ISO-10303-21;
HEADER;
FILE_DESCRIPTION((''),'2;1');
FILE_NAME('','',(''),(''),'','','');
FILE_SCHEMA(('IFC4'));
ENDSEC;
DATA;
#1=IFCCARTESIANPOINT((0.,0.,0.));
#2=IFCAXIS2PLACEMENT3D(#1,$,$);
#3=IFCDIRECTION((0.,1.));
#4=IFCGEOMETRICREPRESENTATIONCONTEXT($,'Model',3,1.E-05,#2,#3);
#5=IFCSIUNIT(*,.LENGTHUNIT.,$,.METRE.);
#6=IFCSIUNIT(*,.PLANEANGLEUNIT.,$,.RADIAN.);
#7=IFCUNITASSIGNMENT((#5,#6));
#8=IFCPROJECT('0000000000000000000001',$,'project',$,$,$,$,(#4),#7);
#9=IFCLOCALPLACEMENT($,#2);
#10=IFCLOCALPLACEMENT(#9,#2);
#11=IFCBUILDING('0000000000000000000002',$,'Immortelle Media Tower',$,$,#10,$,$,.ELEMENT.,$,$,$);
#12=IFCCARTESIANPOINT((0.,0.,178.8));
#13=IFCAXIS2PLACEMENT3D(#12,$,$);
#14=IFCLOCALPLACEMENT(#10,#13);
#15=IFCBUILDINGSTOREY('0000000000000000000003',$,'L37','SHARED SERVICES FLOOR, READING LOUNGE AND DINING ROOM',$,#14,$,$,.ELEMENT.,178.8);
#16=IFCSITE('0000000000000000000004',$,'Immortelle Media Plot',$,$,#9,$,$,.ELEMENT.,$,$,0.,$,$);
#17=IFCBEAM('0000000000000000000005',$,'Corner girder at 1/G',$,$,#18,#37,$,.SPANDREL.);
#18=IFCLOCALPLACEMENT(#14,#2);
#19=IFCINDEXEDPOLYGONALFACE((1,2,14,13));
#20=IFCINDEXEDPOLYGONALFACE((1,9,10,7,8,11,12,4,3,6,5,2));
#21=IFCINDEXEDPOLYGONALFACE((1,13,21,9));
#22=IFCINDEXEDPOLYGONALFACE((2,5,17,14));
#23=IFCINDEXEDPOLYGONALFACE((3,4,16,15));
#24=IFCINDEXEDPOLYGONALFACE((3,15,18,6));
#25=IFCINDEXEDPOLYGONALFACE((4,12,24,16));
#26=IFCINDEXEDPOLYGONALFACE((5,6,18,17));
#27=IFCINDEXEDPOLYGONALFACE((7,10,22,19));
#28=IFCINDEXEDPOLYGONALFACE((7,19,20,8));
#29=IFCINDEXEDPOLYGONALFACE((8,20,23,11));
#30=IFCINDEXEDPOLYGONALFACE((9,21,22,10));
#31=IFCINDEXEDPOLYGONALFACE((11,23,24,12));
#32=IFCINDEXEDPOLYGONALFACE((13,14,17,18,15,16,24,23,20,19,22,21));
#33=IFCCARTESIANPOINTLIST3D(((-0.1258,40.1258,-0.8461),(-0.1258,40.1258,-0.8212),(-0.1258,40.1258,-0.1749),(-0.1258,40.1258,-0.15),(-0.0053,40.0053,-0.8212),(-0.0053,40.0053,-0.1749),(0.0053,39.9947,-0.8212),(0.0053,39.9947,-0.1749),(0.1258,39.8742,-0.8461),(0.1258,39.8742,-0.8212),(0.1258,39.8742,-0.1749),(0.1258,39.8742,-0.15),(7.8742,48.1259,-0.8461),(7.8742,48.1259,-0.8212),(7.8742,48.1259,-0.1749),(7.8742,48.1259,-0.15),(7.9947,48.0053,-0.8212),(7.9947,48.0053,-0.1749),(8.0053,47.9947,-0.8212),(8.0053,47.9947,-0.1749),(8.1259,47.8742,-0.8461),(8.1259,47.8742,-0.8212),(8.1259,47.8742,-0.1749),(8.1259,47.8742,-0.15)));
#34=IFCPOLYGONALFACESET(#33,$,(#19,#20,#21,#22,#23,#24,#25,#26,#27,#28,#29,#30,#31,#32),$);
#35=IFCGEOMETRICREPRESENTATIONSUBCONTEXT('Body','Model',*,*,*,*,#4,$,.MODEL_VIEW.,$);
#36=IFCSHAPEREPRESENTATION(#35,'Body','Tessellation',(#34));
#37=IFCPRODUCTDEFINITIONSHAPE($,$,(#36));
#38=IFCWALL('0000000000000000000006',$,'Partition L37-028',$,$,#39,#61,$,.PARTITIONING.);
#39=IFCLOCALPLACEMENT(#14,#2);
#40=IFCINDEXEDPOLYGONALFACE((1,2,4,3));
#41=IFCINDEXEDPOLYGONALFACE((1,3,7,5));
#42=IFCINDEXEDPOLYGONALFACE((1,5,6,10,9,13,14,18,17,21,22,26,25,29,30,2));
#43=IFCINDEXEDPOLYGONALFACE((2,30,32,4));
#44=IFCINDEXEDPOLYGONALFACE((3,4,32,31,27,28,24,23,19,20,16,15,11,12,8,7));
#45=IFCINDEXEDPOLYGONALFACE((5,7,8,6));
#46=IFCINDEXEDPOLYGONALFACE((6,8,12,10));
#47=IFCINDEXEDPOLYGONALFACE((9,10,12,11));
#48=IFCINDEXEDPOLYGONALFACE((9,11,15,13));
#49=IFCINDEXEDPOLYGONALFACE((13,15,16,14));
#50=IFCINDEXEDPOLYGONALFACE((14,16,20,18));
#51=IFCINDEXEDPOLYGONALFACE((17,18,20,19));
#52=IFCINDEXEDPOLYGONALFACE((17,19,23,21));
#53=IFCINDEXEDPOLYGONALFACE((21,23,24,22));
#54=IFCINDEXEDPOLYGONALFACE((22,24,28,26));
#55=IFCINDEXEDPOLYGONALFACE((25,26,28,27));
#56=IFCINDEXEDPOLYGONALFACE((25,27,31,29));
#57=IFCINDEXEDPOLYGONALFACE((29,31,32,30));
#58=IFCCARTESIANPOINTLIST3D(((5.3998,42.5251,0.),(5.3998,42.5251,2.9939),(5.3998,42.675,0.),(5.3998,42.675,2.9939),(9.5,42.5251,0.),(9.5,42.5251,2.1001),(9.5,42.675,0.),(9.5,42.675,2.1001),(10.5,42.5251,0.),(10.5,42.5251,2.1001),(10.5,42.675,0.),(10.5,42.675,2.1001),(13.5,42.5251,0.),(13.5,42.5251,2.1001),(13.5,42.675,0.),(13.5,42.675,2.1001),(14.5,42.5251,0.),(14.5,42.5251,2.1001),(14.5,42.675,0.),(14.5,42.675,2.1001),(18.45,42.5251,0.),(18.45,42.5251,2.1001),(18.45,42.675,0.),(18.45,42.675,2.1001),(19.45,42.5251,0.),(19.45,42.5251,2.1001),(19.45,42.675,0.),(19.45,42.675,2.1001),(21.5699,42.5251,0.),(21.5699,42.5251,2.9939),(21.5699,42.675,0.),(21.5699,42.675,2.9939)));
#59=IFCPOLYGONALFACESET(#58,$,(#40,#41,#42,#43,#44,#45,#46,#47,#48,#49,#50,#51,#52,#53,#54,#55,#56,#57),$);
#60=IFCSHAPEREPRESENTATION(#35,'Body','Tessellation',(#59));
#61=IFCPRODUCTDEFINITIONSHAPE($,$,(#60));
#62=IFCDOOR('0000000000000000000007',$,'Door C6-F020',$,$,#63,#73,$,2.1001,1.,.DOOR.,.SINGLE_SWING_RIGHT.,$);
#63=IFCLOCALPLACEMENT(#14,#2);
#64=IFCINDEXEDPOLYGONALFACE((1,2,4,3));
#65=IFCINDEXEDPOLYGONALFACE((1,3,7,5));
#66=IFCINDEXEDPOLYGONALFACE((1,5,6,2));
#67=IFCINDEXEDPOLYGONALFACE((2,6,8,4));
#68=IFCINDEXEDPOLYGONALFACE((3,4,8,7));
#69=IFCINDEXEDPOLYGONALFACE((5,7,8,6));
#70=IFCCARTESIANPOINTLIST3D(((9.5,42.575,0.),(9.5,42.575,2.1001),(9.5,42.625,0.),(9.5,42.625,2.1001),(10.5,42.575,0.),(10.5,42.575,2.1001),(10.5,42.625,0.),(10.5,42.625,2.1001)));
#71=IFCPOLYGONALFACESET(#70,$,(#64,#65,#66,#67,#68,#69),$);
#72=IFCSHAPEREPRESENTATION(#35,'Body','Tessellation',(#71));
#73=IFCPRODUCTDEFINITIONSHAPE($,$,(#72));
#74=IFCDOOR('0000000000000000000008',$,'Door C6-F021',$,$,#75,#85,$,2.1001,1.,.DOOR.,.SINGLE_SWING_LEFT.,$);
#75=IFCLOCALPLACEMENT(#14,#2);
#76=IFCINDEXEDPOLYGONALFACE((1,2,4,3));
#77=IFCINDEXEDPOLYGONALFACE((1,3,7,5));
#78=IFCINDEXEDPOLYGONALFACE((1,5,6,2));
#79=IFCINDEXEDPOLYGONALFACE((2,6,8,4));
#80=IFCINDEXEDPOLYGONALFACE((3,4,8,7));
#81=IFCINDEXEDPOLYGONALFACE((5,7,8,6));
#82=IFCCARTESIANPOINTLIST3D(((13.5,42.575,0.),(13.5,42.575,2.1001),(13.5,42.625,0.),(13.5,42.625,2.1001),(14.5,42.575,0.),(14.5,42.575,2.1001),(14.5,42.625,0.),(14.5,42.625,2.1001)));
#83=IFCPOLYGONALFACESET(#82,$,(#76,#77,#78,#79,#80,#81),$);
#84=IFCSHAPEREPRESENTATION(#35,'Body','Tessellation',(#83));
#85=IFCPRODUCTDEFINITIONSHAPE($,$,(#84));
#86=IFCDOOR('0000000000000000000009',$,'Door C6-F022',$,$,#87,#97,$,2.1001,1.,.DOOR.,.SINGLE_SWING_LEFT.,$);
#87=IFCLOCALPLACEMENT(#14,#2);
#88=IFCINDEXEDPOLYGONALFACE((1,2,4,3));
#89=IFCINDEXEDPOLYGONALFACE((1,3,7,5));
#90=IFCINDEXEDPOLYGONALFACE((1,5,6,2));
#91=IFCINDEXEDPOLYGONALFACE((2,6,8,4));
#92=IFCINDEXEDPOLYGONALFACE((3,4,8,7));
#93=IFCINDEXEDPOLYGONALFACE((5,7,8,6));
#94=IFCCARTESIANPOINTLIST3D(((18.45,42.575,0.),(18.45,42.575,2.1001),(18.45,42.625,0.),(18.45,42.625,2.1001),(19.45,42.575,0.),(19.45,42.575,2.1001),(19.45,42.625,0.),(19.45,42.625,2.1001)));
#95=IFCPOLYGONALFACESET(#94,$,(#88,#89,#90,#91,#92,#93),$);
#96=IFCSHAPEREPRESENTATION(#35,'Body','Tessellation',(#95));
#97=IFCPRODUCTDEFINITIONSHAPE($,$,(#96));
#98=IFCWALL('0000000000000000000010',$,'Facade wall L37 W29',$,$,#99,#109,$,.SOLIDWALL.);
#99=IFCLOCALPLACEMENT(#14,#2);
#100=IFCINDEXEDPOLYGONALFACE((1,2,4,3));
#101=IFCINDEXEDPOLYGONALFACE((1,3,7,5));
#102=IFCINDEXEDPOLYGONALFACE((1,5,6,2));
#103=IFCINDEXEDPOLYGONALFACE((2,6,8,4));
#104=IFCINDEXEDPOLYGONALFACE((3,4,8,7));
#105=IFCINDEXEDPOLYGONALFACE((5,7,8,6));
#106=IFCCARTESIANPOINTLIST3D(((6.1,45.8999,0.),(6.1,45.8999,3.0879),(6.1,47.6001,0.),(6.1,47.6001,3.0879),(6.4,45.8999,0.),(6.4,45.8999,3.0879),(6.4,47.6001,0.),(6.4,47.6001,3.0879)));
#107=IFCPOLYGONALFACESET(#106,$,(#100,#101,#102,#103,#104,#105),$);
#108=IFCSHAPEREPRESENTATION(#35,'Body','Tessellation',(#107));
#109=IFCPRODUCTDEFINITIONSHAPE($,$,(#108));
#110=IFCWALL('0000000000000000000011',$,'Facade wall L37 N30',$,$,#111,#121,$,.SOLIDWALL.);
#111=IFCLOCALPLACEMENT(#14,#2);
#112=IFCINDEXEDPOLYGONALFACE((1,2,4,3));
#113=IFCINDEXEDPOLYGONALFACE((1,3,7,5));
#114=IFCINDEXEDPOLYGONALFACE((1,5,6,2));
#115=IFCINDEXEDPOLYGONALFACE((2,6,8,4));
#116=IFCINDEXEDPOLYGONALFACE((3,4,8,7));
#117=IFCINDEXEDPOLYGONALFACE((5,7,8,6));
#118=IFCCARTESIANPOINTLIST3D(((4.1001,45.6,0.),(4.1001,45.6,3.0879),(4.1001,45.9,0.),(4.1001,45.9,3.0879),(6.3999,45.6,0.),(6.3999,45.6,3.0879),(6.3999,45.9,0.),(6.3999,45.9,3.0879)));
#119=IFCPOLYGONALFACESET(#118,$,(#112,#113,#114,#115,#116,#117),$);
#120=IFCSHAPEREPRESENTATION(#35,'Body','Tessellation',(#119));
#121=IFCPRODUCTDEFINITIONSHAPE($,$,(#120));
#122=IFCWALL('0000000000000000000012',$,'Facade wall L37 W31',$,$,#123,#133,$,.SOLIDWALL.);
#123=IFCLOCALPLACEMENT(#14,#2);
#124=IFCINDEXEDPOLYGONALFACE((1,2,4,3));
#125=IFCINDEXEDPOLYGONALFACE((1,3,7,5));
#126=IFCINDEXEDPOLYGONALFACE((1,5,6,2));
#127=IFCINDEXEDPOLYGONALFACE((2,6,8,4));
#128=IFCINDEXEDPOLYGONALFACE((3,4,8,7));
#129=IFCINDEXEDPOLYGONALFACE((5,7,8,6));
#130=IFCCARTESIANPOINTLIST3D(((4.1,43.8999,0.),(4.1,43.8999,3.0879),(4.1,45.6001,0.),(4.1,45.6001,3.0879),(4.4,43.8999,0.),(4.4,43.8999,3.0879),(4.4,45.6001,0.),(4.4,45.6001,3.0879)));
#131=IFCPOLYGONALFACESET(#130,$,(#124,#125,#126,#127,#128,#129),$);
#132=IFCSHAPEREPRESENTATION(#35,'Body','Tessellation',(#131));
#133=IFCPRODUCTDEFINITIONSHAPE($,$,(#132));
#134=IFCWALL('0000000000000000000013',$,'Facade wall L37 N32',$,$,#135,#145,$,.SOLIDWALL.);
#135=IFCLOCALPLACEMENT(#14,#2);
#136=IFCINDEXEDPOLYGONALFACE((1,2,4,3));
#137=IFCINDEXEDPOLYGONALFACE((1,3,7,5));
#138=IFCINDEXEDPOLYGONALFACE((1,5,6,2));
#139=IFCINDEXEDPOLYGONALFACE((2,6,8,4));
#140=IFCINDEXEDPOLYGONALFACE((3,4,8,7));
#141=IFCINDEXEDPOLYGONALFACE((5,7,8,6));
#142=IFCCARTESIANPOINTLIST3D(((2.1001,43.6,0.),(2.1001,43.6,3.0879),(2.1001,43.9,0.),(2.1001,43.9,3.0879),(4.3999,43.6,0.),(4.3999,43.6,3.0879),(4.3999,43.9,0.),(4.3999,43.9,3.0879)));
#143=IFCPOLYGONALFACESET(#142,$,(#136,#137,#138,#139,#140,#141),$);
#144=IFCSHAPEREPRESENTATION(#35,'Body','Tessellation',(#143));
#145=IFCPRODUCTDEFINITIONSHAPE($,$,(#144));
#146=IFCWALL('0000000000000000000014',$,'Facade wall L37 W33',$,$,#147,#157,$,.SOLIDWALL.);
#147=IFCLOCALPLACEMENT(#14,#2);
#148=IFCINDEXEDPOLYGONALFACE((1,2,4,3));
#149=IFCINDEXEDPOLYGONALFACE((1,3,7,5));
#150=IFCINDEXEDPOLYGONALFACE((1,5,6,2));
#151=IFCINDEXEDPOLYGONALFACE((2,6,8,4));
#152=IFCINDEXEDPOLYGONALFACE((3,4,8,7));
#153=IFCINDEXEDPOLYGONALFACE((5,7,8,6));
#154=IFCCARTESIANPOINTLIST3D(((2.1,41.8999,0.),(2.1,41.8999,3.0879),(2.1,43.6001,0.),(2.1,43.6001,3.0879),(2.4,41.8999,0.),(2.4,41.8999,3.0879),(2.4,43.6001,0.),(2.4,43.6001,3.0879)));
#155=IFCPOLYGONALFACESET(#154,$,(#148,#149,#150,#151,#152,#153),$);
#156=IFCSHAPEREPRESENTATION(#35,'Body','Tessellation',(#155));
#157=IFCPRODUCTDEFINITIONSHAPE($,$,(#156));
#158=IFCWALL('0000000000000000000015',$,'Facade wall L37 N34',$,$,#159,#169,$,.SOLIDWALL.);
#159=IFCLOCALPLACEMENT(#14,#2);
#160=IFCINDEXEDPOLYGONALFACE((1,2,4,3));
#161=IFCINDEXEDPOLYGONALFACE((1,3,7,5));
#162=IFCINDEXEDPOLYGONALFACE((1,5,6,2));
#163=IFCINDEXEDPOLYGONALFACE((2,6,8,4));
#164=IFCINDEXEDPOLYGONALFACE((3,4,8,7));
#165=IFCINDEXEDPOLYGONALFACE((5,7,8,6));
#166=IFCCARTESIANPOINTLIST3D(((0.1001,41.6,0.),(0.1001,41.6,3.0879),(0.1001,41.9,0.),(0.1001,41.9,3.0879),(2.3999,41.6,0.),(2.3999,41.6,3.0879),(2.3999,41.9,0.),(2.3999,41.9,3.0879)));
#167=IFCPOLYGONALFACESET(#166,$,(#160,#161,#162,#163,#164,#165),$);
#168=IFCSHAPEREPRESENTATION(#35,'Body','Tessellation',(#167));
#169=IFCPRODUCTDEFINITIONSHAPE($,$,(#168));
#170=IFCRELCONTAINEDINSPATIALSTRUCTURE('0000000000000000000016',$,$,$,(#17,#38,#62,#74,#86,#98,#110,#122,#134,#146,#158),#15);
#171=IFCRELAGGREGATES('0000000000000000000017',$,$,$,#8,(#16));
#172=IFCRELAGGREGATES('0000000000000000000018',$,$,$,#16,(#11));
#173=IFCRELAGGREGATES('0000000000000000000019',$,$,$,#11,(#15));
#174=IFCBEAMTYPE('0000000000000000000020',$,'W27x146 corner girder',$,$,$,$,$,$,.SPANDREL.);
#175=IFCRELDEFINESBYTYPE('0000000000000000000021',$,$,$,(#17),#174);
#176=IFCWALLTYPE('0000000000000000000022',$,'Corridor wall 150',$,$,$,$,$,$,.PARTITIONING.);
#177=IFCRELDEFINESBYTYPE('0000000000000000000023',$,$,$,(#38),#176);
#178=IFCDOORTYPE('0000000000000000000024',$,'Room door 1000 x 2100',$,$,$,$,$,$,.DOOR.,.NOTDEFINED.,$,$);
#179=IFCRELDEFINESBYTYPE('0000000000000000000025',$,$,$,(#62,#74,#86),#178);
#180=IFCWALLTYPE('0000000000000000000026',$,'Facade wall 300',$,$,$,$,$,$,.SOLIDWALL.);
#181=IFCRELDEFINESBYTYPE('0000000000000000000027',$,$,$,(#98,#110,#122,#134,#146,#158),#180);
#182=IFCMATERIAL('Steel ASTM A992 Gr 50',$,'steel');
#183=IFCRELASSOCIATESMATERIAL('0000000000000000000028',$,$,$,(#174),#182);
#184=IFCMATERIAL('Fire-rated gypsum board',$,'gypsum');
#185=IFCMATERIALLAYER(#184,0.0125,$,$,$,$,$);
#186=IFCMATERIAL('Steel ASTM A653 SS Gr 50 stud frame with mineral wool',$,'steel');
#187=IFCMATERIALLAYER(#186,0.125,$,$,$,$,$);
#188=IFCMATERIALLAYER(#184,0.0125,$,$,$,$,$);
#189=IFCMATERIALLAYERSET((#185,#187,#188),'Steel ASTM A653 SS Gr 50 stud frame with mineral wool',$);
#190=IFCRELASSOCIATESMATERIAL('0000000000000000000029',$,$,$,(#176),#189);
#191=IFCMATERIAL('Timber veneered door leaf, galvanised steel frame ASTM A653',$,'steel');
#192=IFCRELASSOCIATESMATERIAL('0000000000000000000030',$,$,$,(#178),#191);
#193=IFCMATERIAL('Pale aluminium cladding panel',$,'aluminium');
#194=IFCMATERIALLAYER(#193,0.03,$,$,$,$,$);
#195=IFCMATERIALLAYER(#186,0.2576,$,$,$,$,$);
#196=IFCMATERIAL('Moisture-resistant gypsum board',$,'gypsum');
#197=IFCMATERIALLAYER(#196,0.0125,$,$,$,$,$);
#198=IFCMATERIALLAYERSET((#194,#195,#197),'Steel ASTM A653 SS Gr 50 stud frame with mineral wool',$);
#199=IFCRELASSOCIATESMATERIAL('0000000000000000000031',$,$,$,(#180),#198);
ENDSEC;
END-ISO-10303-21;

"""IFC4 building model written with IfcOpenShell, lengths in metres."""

from ifc_helpers import new_model, si_unit, direction, frame, frame_2d, origin, origin_2d, place, context, subcontext, project, spatial, rectangle, i_section, extrude, material, layer, layer_set, material_profile, profile_set, type_object, element, fill, save


model = new_model("IFC4")

# Units and contexts
model_context = context("Model", 3, precision=1e-05, world=origin(), true_north=direction((0.0, 1.0)))
body_context = subcontext(model_context, "Body", "Model", "MODEL_VIEW")
ifc_project = project(units=[si_unit("LENGTHUNIT", "METRE"), si_unit("PLANEANGLEUNIT", "RADIAN")], contexts=[model_context])

# Site, building, storey
site_placement = place(None, origin())
site = spatial("IfcSite", under=ifc_project, at=site_placement, Name="Immortelle Media Plot", CompositionType="ELEMENT", RefElevation=0.0)
building_placement = place(site_placement, origin())
building = spatial("IfcBuilding", under=site, at=building_placement, Name="Immortelle Media Tower", CompositionType="ELEMENT")
storey_placement = place(building_placement, frame((0.0, 0.0, 178.8)))
storey = spatial("IfcBuildingStorey", under=building, at=storey_placement, Name="L37", Description="SHARED SERVICES FLOOR, READING LOUNGE AND DINING ROOM", CompositionType="ELEMENT", Elevation=178.8)

# Shared definitions
ifc_material_1 = material(Name="Steel ASTM A992 Gr 50", Category="steel")

# Beam
ifc_material_profile_1 = material_profile(ifc_material_1, i_section(OverallWidth=0.356, OverallDepth=0.696, WebThickness=0.0149, FlangeThickness=0.0249, at=origin_2d()), Name="W27x146")
ifc_profile_set_1 = profile_set([ifc_material_profile_1], Name="Steel ASTM A992 Gr 50")
beam_type_1 = type_object("IfcBeamType", Name="W27x146 corner girder", PredefinedType="SPANDREL", material=ifc_profile_set_1)
beam_1_placement = place(storey_placement, frame((0.0, 40.0, -0.498), z_axis=(0.707107, 0.707107, 0.0), x_axis=(-0.707107, 0.707107, 0.0)))
element("IfcBeam", 1, at=beam_1_placement, inside=storey, type_object=beam_type_1, Name="Corner girder at 1/G", PredefinedType="SPANDREL", context=body_context, shape_type="SweptSolid", body=[
    extrude(i_section(OverallWidth=0.356, OverallDepth=0.696, WebThickness=0.0149, FlangeThickness=0.0249, at=origin_2d()), origin(), (0.0, 0.0, 1.0), 11.3137),
])

# Wall, openings, doors
ifc_material_2 = material(Name="Fire-rated gypsum board", Category="gypsum")
ifc_layer_1 = layer(ifc_material_2, 0.0125)
ifc_material_3 = material(Name="Steel ASTM A653 SS Gr 50 stud frame with mineral wool", Category="steel")
ifc_layer_2 = layer(ifc_material_3, 0.125)
ifc_layer_3 = layer(ifc_material_2, 0.0125)
ifc_layer_set_1 = layer_set([ifc_layer_1, ifc_layer_2, ifc_layer_3], Name="Steel ASTM A653 SS Gr 50 stud frame with mineral wool")
wall_type_1 = type_object("IfcWallType", Name="Corridor wall 150", PredefinedType="PARTITIONING", material=ifc_layer_set_1)
wall_1_placement = place(storey_placement, frame((5.3999, 42.6001, 0.0), z_axis=(0.0, 0.0, 1.0), x_axis=(1.0, 0.0, 0.0)))
wall_1 = element("IfcWall", 2, at=wall_1_placement, inside=storey, type_object=wall_type_1, Name="Partition L37-028", PredefinedType="PARTITIONING", context=body_context, shape_type="SweptSolid", body=[
    extrude(rectangle(XDim=16.1702, YDim=0.1499, at=frame_2d((8.085, 0.0))), origin(), (0.0, 0.0, 1.0), 2.9939),
])
opening_1_placement = place(wall_1_placement, frame((4.1001, 0.0, 0.0)))
opening_1 = element("IfcOpeningElement", 3, at=opening_1_placement, cuts=wall_1, PredefinedType="OPENING", context=body_context, shape_type="SweptSolid", body=[
    extrude(rectangle(XDim=1.0, YDim=2.1001, at=frame_2d((0.5, 1.05))), frame((0.0, 0.085, 0.0), z_axis=(0.0, -1.0, 0.0), x_axis=(1.0, 0.0, 0.0)), (0.0, 0.0, 1.0), 0.1699),
])
opening_2_placement = place(wall_1_placement, frame((8.1001, 0.0, 0.0)))
opening_2 = element("IfcOpeningElement", 4, at=opening_2_placement, cuts=wall_1, PredefinedType="OPENING", context=body_context, shape_type="SweptSolid", body=[
    extrude(rectangle(XDim=1.0, YDim=2.1001, at=frame_2d((0.5, 1.05))), frame((0.0, 0.085, 0.0), z_axis=(0.0, -1.0, 0.0), x_axis=(1.0, 0.0, 0.0)), (0.0, 0.0, 1.0), 0.1699),
])
opening_3_placement = place(wall_1_placement, frame((13.05, 0.0, 0.0)))
opening_3 = element("IfcOpeningElement", 5, at=opening_3_placement, cuts=wall_1, PredefinedType="OPENING", context=body_context, shape_type="SweptSolid", body=[
    extrude(rectangle(XDim=1.0, YDim=2.1001, at=frame_2d((0.5, 1.05))), frame((0.0, 0.085, 0.0), z_axis=(0.0, -1.0, 0.0), x_axis=(1.0, 0.0, 0.0)), (0.0, 0.0, 1.0), 0.1699),
])
ifc_material_4 = material(Name="Timber veneered door leaf, galvanised steel frame ASTM A653", Category="steel")
door_type_1 = type_object("IfcDoorType", Name="Room door 1000 x 2100", OperationType="NOTDEFINED", PredefinedType="DOOR", material=ifc_material_4)
door_1_placement = place(opening_1_placement, origin())
door_1 = element("IfcDoor", 6, at=door_1_placement, inside=storey, type_object=door_type_1, Name="Door C6-F020", OperationType="SINGLE_SWING_RIGHT", OverallHeight=2.1001, OverallWidth=1.0, PredefinedType="DOOR", context=body_context, shape_type="SweptSolid", body=[
    extrude(rectangle(XDim=1.0, YDim=2.1001, at=frame_2d((0.5, 1.05))), frame((0.0, 0.0249, 0.0), z_axis=(0.0, -1.0, 0.0), x_axis=(1.0, 0.0, 0.0)), (0.0, 0.0, 1.0), 0.05),
])
fill(opening_1, door_1)
door_2_placement = place(opening_2_placement, origin())
door_2 = element("IfcDoor", 7, at=door_2_placement, inside=storey, type_object=door_type_1, Name="Door C6-F021", OperationType="SINGLE_SWING_LEFT", OverallHeight=2.1001, OverallWidth=1.0, PredefinedType="DOOR", context=body_context, shape_type="SweptSolid", body=[
    extrude(rectangle(XDim=1.0, YDim=2.1001, at=frame_2d((0.5, 1.05))), frame((0.0, 0.0249, 0.0), z_axis=(0.0, -1.0, 0.0), x_axis=(1.0, 0.0, 0.0)), (0.0, 0.0, 1.0), 0.05),
])
fill(opening_2, door_2)
door_3_placement = place(opening_3_placement, origin())
door_3 = element("IfcDoor", 8, at=door_3_placement, inside=storey, type_object=door_type_1, Name="Door C6-F022", OperationType="SINGLE_SWING_LEFT", OverallHeight=2.1001, OverallWidth=1.0, PredefinedType="DOOR", context=body_context, shape_type="SweptSolid", body=[
    extrude(rectangle(XDim=1.0, YDim=2.1001, at=frame_2d((0.5, 1.05))), frame((0.0, 0.0249, 0.0), z_axis=(0.0, -1.0, 0.0), x_axis=(1.0, 0.0, 0.0)), (0.0, 0.0, 1.0), 0.05),
])
fill(opening_3, door_3)

# Walls
ifc_material_5 = material(Name="Pale aluminium cladding panel", Category="aluminium")
ifc_layer_4 = layer(ifc_material_5, 0.03)
ifc_layer_5 = layer(ifc_material_3, 0.2576)
ifc_material_6 = material(Name="Moisture-resistant gypsum board", Category="gypsum")
ifc_layer_6 = layer(ifc_material_6, 0.0125)
ifc_layer_set_2 = layer_set([ifc_layer_4, ifc_layer_5, ifc_layer_6], Name="Steel ASTM A653 SS Gr 50 stud frame with mineral wool")
wall_type_2 = type_object("IfcWallType", Name="Facade wall 300", PredefinedType="SOLIDWALL", material=ifc_layer_set_2)
wall_2_placement = place(storey_placement, frame((6.25, 47.6001, 0.0), z_axis=(0.0, 0.0, 1.0), x_axis=(0.0, -1.0, 0.0)))
element("IfcWall", 9, at=wall_2_placement, inside=storey, type_object=wall_type_2, Name="Facade wall L37 W29", PredefinedType="SOLIDWALL", context=body_context, shape_type="SweptSolid", body=[
    extrude(rectangle(XDim=1.7002, YDim=0.3, at=frame_2d((0.8501, 0.0))), origin(), (0.0, 0.0, 1.0), 3.0879),
])
wall_3_placement = place(storey_placement, frame((6.3999, 45.75, 0.0), z_axis=(0.0, 0.0, 1.0), x_axis=(-1.0, 0.0, 0.0)))
element("IfcWall", 10, at=wall_3_placement, inside=storey, type_object=wall_type_2, Name="Facade wall L37 N30", PredefinedType="SOLIDWALL", context=body_context, shape_type="SweptSolid", body=[
    extrude(rectangle(XDim=2.2998, YDim=0.3, at=frame_2d((1.1499, 0.0))), origin(), (0.0, 0.0, 1.0), 3.0879),
])
wall_4_placement = place(storey_placement, frame((4.25, 45.6001, 0.0), z_axis=(0.0, 0.0, 1.0), x_axis=(0.0, -1.0, 0.0)))
element("IfcWall", 11, at=wall_4_placement, inside=storey, type_object=wall_type_2, Name="Facade wall L37 W31", PredefinedType="SOLIDWALL", context=body_context, shape_type="SweptSolid", body=[
    extrude(rectangle(XDim=1.7002, YDim=0.3, at=frame_2d((0.8501, 0.0))), origin(), (0.0, 0.0, 1.0), 3.0879),
])
wall_5_placement = place(storey_placement, frame((4.3999, 43.75, 0.0), z_axis=(0.0, 0.0, 1.0), x_axis=(-1.0, 0.0, 0.0)))
element("IfcWall", 12, at=wall_5_placement, inside=storey, type_object=wall_type_2, Name="Facade wall L37 N32", PredefinedType="SOLIDWALL", context=body_context, shape_type="SweptSolid", body=[
    extrude(rectangle(XDim=2.2998, YDim=0.3, at=frame_2d((1.1499, 0.0))), origin(), (0.0, 0.0, 1.0), 3.0879),
])
wall_6_placement = place(storey_placement, frame((2.25, 43.6001, 0.0), z_axis=(0.0, 0.0, 1.0), x_axis=(0.0, -1.0, 0.0)))
element("IfcWall", 13, at=wall_6_placement, inside=storey, type_object=wall_type_2, Name="Facade wall L37 W33", PredefinedType="SOLIDWALL", context=body_context, shape_type="SweptSolid", body=[
    extrude(rectangle(XDim=1.7002, YDim=0.3, at=frame_2d((0.8501, 0.0))), origin(), (0.0, 0.0, 1.0), 3.0879),
])
wall_7_placement = place(storey_placement, frame((2.3999, 41.75, 0.0), z_axis=(0.0, 0.0, 1.0), x_axis=(-1.0, 0.0, 0.0)))
element("IfcWall", 14, at=wall_7_placement, inside=storey, type_object=wall_type_2, Name="Facade wall L37 N34", PredefinedType="SOLIDWALL", context=body_context, shape_type="SweptSolid", body=[
    extrude(rectangle(XDim=2.2998, YDim=0.3, at=frame_2d((1.1499, 0.0))), origin(), (0.0, 0.0, 1.0), 3.0879),
])

save(model, "model.ifc")
